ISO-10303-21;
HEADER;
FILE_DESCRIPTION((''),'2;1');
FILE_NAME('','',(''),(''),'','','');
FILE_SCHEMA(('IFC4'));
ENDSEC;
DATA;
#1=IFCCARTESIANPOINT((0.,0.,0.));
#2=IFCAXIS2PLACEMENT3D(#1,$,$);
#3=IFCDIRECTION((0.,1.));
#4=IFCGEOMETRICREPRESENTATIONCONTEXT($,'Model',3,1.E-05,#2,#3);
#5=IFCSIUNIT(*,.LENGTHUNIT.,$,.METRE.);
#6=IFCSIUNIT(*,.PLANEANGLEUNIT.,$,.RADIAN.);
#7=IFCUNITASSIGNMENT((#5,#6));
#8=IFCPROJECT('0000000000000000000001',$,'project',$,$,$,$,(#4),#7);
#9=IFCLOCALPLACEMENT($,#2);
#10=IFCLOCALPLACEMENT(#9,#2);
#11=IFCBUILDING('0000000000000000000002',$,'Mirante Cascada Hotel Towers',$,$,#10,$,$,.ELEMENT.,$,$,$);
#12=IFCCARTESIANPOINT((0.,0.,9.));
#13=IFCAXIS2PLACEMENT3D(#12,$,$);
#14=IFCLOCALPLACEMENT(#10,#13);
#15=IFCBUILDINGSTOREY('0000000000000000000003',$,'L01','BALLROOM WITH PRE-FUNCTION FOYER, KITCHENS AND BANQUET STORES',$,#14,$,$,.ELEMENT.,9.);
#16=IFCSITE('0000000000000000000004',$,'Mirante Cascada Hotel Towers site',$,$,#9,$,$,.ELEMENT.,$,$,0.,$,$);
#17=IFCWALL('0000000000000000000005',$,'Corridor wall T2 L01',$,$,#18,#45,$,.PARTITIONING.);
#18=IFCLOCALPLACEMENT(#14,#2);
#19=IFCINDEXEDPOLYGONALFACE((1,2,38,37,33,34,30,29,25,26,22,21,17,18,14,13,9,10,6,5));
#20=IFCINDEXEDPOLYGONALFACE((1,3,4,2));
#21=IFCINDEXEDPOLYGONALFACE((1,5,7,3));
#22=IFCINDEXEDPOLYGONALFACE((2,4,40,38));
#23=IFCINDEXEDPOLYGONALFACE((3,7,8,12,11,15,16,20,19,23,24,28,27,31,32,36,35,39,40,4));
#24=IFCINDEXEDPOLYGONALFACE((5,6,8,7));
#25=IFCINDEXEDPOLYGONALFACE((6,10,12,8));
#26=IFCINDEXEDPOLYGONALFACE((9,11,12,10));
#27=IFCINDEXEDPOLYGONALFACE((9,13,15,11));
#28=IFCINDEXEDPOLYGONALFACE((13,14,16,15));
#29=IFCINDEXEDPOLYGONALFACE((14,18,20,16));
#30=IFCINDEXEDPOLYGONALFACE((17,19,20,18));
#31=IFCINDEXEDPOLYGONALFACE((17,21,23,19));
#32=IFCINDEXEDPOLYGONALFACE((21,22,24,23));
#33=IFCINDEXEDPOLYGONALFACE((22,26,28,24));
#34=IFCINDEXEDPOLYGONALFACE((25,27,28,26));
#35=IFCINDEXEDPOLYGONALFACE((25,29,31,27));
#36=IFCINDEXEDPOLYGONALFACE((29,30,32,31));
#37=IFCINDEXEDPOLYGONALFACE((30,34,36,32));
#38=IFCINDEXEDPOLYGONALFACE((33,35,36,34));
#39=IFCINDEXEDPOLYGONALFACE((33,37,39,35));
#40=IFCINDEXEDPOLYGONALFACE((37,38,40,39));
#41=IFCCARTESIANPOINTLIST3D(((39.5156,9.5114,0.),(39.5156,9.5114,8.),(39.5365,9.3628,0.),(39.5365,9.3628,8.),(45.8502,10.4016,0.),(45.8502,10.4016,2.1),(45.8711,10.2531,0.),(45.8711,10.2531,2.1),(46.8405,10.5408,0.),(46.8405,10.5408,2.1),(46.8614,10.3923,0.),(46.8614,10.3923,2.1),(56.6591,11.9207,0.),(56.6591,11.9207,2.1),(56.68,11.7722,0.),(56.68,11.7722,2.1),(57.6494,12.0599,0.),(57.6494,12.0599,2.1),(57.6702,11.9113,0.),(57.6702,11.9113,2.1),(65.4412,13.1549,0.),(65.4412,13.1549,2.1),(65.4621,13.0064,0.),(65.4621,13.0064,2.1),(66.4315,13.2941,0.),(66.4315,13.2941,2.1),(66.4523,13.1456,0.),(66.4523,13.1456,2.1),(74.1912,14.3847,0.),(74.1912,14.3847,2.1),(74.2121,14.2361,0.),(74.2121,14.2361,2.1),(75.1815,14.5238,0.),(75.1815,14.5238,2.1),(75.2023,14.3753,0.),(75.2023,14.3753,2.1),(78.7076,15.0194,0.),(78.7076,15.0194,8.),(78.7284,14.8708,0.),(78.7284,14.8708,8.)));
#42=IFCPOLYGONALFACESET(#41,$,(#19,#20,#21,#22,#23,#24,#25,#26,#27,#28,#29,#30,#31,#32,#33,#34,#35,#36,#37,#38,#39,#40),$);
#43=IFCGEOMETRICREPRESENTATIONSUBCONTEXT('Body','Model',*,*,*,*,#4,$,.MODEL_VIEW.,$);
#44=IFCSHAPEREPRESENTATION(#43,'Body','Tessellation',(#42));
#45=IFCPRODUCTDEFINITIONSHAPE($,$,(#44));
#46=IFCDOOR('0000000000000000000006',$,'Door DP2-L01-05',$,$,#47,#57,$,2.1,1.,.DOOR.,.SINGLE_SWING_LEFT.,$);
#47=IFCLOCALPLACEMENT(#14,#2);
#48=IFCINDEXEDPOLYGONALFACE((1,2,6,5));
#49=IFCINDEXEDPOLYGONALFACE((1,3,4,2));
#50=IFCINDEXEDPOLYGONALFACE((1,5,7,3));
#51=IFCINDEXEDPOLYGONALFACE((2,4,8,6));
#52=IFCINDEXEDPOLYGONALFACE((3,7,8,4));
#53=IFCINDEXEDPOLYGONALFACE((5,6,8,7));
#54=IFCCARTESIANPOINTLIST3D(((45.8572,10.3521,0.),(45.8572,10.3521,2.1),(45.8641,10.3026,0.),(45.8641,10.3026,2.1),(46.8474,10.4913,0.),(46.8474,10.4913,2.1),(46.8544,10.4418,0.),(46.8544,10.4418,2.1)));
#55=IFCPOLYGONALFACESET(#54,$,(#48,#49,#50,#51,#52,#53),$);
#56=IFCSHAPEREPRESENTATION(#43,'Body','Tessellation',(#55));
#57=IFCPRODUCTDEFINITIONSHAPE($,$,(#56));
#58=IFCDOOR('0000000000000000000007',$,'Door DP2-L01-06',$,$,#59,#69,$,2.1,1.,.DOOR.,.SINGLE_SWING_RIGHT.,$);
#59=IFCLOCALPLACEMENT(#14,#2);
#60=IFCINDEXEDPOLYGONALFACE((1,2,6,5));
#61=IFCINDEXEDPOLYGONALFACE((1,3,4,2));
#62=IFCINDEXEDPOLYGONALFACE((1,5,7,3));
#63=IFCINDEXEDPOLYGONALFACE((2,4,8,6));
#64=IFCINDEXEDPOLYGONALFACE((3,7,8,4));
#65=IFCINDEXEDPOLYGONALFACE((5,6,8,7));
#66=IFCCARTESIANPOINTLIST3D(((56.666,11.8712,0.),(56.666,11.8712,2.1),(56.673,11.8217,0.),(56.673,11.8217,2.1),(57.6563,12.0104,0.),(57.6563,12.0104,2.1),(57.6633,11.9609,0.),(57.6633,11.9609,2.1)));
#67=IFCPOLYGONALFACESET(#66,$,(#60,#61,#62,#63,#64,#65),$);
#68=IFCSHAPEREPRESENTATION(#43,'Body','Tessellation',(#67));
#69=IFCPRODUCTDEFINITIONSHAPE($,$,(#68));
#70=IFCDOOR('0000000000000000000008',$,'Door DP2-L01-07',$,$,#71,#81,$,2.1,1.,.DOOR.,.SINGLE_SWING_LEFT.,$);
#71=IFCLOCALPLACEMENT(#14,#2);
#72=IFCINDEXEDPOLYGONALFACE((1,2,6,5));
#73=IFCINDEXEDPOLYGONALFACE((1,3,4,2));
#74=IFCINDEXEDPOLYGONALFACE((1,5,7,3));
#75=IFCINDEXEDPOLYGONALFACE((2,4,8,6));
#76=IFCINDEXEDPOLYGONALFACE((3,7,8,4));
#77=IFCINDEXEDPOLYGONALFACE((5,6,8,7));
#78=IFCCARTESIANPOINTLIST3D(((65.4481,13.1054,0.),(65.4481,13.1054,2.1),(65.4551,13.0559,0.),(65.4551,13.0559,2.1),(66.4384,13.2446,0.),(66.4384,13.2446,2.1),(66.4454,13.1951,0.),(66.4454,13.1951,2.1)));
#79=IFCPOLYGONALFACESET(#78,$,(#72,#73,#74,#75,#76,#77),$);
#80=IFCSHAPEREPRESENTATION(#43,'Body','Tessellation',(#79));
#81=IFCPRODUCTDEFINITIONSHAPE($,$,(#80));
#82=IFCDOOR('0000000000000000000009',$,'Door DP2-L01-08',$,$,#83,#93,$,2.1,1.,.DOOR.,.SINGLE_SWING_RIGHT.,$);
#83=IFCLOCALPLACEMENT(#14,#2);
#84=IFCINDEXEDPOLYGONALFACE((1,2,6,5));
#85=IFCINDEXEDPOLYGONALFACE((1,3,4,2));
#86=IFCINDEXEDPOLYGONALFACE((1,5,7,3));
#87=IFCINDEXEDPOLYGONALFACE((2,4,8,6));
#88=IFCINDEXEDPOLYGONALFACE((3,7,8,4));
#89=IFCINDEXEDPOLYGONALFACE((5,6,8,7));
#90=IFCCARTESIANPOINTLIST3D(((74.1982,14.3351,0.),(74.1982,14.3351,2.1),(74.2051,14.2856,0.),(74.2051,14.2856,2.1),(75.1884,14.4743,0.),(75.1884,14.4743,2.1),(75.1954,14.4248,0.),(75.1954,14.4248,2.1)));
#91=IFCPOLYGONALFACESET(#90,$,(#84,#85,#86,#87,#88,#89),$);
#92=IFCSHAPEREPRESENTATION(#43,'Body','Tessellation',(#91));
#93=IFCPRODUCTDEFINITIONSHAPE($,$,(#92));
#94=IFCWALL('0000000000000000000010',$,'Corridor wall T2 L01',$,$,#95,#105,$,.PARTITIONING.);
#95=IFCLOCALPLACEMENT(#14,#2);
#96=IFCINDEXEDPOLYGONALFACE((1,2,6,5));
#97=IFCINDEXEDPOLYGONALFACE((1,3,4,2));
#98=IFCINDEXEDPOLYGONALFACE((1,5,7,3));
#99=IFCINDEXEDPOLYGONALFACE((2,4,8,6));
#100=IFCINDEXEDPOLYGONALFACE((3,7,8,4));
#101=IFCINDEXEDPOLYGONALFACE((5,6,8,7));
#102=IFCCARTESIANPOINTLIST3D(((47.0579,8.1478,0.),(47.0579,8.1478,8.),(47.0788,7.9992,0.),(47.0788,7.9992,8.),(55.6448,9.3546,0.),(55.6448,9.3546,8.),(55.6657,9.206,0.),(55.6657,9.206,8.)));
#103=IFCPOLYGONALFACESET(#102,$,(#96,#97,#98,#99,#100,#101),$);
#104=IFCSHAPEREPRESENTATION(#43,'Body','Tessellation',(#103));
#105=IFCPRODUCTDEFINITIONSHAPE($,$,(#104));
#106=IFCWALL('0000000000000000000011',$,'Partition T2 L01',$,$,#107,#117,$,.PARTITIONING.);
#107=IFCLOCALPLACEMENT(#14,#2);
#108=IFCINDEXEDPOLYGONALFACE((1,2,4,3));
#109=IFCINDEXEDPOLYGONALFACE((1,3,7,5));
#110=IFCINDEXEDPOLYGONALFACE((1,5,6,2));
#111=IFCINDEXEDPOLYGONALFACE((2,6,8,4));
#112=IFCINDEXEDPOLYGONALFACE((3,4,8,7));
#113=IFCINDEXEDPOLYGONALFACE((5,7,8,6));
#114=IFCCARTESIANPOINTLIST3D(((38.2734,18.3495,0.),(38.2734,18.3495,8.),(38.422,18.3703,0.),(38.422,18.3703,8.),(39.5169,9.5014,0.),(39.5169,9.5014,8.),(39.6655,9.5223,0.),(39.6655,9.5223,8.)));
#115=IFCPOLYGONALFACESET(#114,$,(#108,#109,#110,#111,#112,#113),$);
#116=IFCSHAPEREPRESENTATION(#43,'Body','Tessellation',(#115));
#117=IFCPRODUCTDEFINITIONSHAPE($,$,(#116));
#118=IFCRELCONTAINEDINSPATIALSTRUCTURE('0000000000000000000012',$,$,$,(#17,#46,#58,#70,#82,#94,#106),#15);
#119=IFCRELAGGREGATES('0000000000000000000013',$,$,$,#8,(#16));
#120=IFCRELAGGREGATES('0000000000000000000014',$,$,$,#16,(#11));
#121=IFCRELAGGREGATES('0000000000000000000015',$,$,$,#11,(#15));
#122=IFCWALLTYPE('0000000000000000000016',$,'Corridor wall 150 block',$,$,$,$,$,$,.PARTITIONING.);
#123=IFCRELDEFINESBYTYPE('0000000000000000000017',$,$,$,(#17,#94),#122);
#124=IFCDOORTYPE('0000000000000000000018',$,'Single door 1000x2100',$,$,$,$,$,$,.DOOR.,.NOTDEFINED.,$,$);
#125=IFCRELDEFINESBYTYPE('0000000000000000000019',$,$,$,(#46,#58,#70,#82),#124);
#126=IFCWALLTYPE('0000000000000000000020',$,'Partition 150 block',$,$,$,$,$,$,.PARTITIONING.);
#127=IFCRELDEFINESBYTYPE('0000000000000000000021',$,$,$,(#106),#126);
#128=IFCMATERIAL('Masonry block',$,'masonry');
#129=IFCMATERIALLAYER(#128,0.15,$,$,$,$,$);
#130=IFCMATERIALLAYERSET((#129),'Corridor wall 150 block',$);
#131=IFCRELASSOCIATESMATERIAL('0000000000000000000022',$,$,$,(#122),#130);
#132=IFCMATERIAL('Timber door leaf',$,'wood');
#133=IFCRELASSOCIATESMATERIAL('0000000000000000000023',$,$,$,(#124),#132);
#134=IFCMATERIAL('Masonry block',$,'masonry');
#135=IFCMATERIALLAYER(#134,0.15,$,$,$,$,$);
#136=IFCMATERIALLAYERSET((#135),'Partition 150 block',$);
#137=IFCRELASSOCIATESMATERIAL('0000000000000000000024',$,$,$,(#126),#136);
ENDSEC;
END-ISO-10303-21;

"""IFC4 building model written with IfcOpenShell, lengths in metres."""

from ifc_helpers import new_model, si_unit, direction, frame, frame_2d, origin, place, context, subcontext, project, spatial, rectangle, extrude, material, layer, layer_set, type_object, element, fill, save


model = new_model("IFC4")

# Units and contexts
model_context = context("Model", 3, precision=1e-05, world=origin(), true_north=direction((0.0, 1.0)))
body_context = subcontext(model_context, "Body", "Model", "MODEL_VIEW")
ifc_project = project(units=[si_unit("LENGTHUNIT", "METRE"), si_unit("PLANEANGLEUNIT", "RADIAN")], contexts=[model_context])

# Site, building, storey
site_placement = place(None, origin())
site = spatial("IfcSite", under=ifc_project, at=site_placement, Name="Mirante Cascada Hotel Towers site", CompositionType="ELEMENT", RefElevation=0.0)
building_placement = place(site_placement, origin())
building = spatial("IfcBuilding", under=site, at=building_placement, Name="Mirante Cascada Hotel Towers", CompositionType="ELEMENT")
storey_placement = place(building_placement, frame((0.0, 0.0, 9.0)))
storey = spatial("IfcBuildingStorey", under=building, at=storey_placement, Name="L01", Description="BALLROOM WITH PRE-FUNCTION FOYER, KITCHENS AND BANQUET STORES", CompositionType="ELEMENT", Elevation=9.0)

# Shared definitions
ifc_material_1 = material(Name="Masonry block", Category="masonry")
ifc_layer_1 = layer(ifc_material_1, 0.15)
ifc_layer_set_1 = layer_set([ifc_layer_1], Name="Corridor wall 150 block")
wall_type_1 = type_object("IfcWallType", Name="Corridor wall 150 block", PredefinedType="PARTITIONING", material=ifc_layer_set_1)
ifc_material_2 = material(Name="Timber door leaf", Category="wood")
door_type = type_object("IfcDoorType", Name="Single door 1000x2100", OperationType="NOTDEFINED", PredefinedType="DOOR", material=ifc_material_2)

# Wall, openings, doors
wall_1_placement = place(storey_placement, frame((39.526, 9.4371, 0.0), z_axis=(0.0, 0.0, 1.0), x_axis=(0.990268, 0.139172, 0.0)))
wall_1 = element("IfcWall", 1, at=wall_1_placement, inside=storey, type_object=wall_type_1, Name="Corridor wall T2 L01", PredefinedType="PARTITIONING", context=body_context, shape_type="SweptSolid", body=[
    extrude(rectangle(XDim=39.5771, YDim=0.15, at=frame_2d((19.7886, 0.0))), origin(), (0.0, 0.0, 1.0), 8.0),
])
opening_1_placement = place(wall_1_placement, frame((6.3969, 0.0, 0.0)))
opening_1 = element("IfcOpeningElement", 2, at=opening_1_placement, cuts=wall_1, PredefinedType="OPENING", context=body_context, shape_type="SweptSolid", body=[
    extrude(rectangle(XDim=1.0, YDim=2.1, at=frame_2d((0.5, 1.05))), frame((0.0, 0.075, 0.0), z_axis=(0.0, -1.0, 0.0), x_axis=(1.0, 0.0, 0.0)), (0.0, 0.0, 1.0), 0.15),
])
opening_2_placement = place(wall_1_placement, frame((17.312, 0.0, 0.0)))
opening_2 = element("IfcOpeningElement", 3, at=opening_2_placement, cuts=wall_1, PredefinedType="OPENING", context=body_context, shape_type="SweptSolid", body=[
    extrude(rectangle(XDim=1.0, YDim=2.1, at=frame_2d((0.5, 1.05))), frame((0.0, 0.075, 0.0), z_axis=(0.0, -1.0, 0.0), x_axis=(1.0, 0.0, 0.0)), (0.0, 0.0, 1.0), 0.15),
])
opening_3_placement = place(wall_1_placement, frame((26.1804, 0.0, 0.0)))
opening_3 = element("IfcOpeningElement", 4, at=opening_3_placement, cuts=wall_1, PredefinedType="OPENING", context=body_context, shape_type="SweptSolid", body=[
    extrude(rectangle(XDim=1.0, YDim=2.1, at=frame_2d((0.5, 1.05))), frame((0.0, 0.075, 0.0), z_axis=(0.0, -1.0, 0.0), x_axis=(1.0, 0.0, 0.0)), (0.0, 0.0, 1.0), 0.15),
])
opening_4_placement = place(wall_1_placement, frame((35.0164, 0.0, 0.0)))
opening_4 = element("IfcOpeningElement", 5, at=opening_4_placement, cuts=wall_1, PredefinedType="OPENING", context=body_context, shape_type="SweptSolid", body=[
    extrude(rectangle(XDim=1.0, YDim=2.1, at=frame_2d((0.5, 1.05))), frame((0.0, 0.075, 0.0), z_axis=(0.0, -1.0, 0.0), x_axis=(1.0, 0.0, 0.0)), (0.0, 0.0, 1.0), 0.15),
])
door_1_placement = place(opening_1_placement, frame((1.0, 0.0, 0.0), z_axis=(0.0, 0.0, 1.0), x_axis=(-1.0, 0.0, 0.0)))
door_1 = element("IfcDoor", 6, at=door_1_placement, inside=storey, type_object=door_type, Name="Door DP2-L01-05", OperationType="SINGLE_SWING_LEFT", OverallHeight=2.1, OverallWidth=1.0, PredefinedType="DOOR", context=body_context, shape_type="SweptSolid", body=[
    extrude(rectangle(XDim=1.0, YDim=2.1, at=frame_2d((0.5, 1.05))), frame((0.0, 0.025, 0.0), z_axis=(0.0, -1.0, 0.0), x_axis=(1.0, 0.0, 0.0)), (0.0, 0.0, 1.0), 0.05),
])
fill(opening_1, door_1)
door_2_placement = place(opening_2_placement, origin())
door_2 = element("IfcDoor", 7, at=door_2_placement, inside=storey, type_object=door_type, Name="Door DP2-L01-06", OperationType="SINGLE_SWING_RIGHT", OverallHeight=2.1, OverallWidth=1.0, PredefinedType="DOOR", context=body_context, shape_type="SweptSolid", body=[
    extrude(rectangle(XDim=1.0, YDim=2.1, at=frame_2d((0.5, 1.05))), frame((0.0, 0.025, 0.0), z_axis=(0.0, -1.0, 0.0), x_axis=(1.0, 0.0, 0.0)), (0.0, 0.0, 1.0), 0.05),
])
fill(opening_2, door_2)
door_3_placement = place(opening_3_placement, frame((1.0, 0.0, 0.0), z_axis=(0.0, 0.0, 1.0), x_axis=(-1.0, 0.0, 0.0)))
door_3 = element("IfcDoor", 8, at=door_3_placement, inside=storey, type_object=door_type, Name="Door DP2-L01-07", OperationType="SINGLE_SWING_LEFT", OverallHeight=2.1, OverallWidth=1.0, PredefinedType="DOOR", context=body_context, shape_type="SweptSolid", body=[
    extrude(rectangle(XDim=1.0, YDim=2.1, at=frame_2d((0.5, 1.05))), frame((0.0, 0.025, 0.0), z_axis=(0.0, -1.0, 0.0), x_axis=(1.0, 0.0, 0.0)), (0.0, 0.0, 1.0), 0.05),
])
fill(opening_3, door_3)
door_4_placement = place(opening_4_placement, frame((1.0, 0.0, 0.0), z_axis=(0.0, 0.0, 1.0), x_axis=(-1.0, 0.0, 0.0)))
door_4 = element("IfcDoor", 9, at=door_4_placement, inside=storey, type_object=door_type, Name="Door DP2-L01-08", OperationType="SINGLE_SWING_RIGHT", OverallHeight=2.1, OverallWidth=1.0, PredefinedType="DOOR", context=body_context, shape_type="SweptSolid", body=[
    extrude(rectangle(XDim=1.0, YDim=2.1, at=frame_2d((0.5, 1.05))), frame((0.0, 0.025, 0.0), z_axis=(0.0, -1.0, 0.0), x_axis=(1.0, 0.0, 0.0)), (0.0, 0.0, 1.0), 0.05),
])
fill(opening_4, door_4)

# Walls
wall_2_placement = place(storey_placement, frame((47.0684, 8.0735, 0.0), z_axis=(0.0, 0.0, 1.0), x_axis=(0.990268, 0.139172, 0.0)))
element("IfcWall", 10, at=wall_2_placement, inside=storey, type_object=wall_type_1, Name="Corridor wall T2 L01", PredefinedType="PARTITIONING", context=body_context, shape_type="SweptSolid", body=[
    extrude(rectangle(XDim=8.6713, YDim=0.15, at=frame_2d((4.3356, 0.0))), origin(), (0.0, 0.0, 1.0), 8.0),
])
ifc_material_3 = material(Name="Masonry block", Category="masonry")
ifc_layer_2 = layer(ifc_material_3, 0.15)
ifc_layer_set_2 = layer_set([ifc_layer_2], Name="Partition 150 block")
wall_type_2 = type_object("IfcWallType", Name="Partition 150 block", PredefinedType="PARTITIONING", material=ifc_layer_set_2)
wall_3_placement = place(storey_placement, frame((38.3477, 18.3599, 0.0), z_axis=(0.0, 0.0, 1.0), x_axis=(0.139173, -0.990268, 0.0)))
element("IfcWall", 11, at=wall_3_placement, inside=storey, type_object=wall_type_2, Name="Partition T2 L01", PredefinedType="PARTITIONING", context=body_context, shape_type="SweptSolid", body=[
    extrude(rectangle(XDim=8.935, YDim=0.15, at=frame_2d((4.4675, 0.0))), origin(), (0.0, 0.0, 1.0), 8.0),
])

save(model, "model.ifc")
